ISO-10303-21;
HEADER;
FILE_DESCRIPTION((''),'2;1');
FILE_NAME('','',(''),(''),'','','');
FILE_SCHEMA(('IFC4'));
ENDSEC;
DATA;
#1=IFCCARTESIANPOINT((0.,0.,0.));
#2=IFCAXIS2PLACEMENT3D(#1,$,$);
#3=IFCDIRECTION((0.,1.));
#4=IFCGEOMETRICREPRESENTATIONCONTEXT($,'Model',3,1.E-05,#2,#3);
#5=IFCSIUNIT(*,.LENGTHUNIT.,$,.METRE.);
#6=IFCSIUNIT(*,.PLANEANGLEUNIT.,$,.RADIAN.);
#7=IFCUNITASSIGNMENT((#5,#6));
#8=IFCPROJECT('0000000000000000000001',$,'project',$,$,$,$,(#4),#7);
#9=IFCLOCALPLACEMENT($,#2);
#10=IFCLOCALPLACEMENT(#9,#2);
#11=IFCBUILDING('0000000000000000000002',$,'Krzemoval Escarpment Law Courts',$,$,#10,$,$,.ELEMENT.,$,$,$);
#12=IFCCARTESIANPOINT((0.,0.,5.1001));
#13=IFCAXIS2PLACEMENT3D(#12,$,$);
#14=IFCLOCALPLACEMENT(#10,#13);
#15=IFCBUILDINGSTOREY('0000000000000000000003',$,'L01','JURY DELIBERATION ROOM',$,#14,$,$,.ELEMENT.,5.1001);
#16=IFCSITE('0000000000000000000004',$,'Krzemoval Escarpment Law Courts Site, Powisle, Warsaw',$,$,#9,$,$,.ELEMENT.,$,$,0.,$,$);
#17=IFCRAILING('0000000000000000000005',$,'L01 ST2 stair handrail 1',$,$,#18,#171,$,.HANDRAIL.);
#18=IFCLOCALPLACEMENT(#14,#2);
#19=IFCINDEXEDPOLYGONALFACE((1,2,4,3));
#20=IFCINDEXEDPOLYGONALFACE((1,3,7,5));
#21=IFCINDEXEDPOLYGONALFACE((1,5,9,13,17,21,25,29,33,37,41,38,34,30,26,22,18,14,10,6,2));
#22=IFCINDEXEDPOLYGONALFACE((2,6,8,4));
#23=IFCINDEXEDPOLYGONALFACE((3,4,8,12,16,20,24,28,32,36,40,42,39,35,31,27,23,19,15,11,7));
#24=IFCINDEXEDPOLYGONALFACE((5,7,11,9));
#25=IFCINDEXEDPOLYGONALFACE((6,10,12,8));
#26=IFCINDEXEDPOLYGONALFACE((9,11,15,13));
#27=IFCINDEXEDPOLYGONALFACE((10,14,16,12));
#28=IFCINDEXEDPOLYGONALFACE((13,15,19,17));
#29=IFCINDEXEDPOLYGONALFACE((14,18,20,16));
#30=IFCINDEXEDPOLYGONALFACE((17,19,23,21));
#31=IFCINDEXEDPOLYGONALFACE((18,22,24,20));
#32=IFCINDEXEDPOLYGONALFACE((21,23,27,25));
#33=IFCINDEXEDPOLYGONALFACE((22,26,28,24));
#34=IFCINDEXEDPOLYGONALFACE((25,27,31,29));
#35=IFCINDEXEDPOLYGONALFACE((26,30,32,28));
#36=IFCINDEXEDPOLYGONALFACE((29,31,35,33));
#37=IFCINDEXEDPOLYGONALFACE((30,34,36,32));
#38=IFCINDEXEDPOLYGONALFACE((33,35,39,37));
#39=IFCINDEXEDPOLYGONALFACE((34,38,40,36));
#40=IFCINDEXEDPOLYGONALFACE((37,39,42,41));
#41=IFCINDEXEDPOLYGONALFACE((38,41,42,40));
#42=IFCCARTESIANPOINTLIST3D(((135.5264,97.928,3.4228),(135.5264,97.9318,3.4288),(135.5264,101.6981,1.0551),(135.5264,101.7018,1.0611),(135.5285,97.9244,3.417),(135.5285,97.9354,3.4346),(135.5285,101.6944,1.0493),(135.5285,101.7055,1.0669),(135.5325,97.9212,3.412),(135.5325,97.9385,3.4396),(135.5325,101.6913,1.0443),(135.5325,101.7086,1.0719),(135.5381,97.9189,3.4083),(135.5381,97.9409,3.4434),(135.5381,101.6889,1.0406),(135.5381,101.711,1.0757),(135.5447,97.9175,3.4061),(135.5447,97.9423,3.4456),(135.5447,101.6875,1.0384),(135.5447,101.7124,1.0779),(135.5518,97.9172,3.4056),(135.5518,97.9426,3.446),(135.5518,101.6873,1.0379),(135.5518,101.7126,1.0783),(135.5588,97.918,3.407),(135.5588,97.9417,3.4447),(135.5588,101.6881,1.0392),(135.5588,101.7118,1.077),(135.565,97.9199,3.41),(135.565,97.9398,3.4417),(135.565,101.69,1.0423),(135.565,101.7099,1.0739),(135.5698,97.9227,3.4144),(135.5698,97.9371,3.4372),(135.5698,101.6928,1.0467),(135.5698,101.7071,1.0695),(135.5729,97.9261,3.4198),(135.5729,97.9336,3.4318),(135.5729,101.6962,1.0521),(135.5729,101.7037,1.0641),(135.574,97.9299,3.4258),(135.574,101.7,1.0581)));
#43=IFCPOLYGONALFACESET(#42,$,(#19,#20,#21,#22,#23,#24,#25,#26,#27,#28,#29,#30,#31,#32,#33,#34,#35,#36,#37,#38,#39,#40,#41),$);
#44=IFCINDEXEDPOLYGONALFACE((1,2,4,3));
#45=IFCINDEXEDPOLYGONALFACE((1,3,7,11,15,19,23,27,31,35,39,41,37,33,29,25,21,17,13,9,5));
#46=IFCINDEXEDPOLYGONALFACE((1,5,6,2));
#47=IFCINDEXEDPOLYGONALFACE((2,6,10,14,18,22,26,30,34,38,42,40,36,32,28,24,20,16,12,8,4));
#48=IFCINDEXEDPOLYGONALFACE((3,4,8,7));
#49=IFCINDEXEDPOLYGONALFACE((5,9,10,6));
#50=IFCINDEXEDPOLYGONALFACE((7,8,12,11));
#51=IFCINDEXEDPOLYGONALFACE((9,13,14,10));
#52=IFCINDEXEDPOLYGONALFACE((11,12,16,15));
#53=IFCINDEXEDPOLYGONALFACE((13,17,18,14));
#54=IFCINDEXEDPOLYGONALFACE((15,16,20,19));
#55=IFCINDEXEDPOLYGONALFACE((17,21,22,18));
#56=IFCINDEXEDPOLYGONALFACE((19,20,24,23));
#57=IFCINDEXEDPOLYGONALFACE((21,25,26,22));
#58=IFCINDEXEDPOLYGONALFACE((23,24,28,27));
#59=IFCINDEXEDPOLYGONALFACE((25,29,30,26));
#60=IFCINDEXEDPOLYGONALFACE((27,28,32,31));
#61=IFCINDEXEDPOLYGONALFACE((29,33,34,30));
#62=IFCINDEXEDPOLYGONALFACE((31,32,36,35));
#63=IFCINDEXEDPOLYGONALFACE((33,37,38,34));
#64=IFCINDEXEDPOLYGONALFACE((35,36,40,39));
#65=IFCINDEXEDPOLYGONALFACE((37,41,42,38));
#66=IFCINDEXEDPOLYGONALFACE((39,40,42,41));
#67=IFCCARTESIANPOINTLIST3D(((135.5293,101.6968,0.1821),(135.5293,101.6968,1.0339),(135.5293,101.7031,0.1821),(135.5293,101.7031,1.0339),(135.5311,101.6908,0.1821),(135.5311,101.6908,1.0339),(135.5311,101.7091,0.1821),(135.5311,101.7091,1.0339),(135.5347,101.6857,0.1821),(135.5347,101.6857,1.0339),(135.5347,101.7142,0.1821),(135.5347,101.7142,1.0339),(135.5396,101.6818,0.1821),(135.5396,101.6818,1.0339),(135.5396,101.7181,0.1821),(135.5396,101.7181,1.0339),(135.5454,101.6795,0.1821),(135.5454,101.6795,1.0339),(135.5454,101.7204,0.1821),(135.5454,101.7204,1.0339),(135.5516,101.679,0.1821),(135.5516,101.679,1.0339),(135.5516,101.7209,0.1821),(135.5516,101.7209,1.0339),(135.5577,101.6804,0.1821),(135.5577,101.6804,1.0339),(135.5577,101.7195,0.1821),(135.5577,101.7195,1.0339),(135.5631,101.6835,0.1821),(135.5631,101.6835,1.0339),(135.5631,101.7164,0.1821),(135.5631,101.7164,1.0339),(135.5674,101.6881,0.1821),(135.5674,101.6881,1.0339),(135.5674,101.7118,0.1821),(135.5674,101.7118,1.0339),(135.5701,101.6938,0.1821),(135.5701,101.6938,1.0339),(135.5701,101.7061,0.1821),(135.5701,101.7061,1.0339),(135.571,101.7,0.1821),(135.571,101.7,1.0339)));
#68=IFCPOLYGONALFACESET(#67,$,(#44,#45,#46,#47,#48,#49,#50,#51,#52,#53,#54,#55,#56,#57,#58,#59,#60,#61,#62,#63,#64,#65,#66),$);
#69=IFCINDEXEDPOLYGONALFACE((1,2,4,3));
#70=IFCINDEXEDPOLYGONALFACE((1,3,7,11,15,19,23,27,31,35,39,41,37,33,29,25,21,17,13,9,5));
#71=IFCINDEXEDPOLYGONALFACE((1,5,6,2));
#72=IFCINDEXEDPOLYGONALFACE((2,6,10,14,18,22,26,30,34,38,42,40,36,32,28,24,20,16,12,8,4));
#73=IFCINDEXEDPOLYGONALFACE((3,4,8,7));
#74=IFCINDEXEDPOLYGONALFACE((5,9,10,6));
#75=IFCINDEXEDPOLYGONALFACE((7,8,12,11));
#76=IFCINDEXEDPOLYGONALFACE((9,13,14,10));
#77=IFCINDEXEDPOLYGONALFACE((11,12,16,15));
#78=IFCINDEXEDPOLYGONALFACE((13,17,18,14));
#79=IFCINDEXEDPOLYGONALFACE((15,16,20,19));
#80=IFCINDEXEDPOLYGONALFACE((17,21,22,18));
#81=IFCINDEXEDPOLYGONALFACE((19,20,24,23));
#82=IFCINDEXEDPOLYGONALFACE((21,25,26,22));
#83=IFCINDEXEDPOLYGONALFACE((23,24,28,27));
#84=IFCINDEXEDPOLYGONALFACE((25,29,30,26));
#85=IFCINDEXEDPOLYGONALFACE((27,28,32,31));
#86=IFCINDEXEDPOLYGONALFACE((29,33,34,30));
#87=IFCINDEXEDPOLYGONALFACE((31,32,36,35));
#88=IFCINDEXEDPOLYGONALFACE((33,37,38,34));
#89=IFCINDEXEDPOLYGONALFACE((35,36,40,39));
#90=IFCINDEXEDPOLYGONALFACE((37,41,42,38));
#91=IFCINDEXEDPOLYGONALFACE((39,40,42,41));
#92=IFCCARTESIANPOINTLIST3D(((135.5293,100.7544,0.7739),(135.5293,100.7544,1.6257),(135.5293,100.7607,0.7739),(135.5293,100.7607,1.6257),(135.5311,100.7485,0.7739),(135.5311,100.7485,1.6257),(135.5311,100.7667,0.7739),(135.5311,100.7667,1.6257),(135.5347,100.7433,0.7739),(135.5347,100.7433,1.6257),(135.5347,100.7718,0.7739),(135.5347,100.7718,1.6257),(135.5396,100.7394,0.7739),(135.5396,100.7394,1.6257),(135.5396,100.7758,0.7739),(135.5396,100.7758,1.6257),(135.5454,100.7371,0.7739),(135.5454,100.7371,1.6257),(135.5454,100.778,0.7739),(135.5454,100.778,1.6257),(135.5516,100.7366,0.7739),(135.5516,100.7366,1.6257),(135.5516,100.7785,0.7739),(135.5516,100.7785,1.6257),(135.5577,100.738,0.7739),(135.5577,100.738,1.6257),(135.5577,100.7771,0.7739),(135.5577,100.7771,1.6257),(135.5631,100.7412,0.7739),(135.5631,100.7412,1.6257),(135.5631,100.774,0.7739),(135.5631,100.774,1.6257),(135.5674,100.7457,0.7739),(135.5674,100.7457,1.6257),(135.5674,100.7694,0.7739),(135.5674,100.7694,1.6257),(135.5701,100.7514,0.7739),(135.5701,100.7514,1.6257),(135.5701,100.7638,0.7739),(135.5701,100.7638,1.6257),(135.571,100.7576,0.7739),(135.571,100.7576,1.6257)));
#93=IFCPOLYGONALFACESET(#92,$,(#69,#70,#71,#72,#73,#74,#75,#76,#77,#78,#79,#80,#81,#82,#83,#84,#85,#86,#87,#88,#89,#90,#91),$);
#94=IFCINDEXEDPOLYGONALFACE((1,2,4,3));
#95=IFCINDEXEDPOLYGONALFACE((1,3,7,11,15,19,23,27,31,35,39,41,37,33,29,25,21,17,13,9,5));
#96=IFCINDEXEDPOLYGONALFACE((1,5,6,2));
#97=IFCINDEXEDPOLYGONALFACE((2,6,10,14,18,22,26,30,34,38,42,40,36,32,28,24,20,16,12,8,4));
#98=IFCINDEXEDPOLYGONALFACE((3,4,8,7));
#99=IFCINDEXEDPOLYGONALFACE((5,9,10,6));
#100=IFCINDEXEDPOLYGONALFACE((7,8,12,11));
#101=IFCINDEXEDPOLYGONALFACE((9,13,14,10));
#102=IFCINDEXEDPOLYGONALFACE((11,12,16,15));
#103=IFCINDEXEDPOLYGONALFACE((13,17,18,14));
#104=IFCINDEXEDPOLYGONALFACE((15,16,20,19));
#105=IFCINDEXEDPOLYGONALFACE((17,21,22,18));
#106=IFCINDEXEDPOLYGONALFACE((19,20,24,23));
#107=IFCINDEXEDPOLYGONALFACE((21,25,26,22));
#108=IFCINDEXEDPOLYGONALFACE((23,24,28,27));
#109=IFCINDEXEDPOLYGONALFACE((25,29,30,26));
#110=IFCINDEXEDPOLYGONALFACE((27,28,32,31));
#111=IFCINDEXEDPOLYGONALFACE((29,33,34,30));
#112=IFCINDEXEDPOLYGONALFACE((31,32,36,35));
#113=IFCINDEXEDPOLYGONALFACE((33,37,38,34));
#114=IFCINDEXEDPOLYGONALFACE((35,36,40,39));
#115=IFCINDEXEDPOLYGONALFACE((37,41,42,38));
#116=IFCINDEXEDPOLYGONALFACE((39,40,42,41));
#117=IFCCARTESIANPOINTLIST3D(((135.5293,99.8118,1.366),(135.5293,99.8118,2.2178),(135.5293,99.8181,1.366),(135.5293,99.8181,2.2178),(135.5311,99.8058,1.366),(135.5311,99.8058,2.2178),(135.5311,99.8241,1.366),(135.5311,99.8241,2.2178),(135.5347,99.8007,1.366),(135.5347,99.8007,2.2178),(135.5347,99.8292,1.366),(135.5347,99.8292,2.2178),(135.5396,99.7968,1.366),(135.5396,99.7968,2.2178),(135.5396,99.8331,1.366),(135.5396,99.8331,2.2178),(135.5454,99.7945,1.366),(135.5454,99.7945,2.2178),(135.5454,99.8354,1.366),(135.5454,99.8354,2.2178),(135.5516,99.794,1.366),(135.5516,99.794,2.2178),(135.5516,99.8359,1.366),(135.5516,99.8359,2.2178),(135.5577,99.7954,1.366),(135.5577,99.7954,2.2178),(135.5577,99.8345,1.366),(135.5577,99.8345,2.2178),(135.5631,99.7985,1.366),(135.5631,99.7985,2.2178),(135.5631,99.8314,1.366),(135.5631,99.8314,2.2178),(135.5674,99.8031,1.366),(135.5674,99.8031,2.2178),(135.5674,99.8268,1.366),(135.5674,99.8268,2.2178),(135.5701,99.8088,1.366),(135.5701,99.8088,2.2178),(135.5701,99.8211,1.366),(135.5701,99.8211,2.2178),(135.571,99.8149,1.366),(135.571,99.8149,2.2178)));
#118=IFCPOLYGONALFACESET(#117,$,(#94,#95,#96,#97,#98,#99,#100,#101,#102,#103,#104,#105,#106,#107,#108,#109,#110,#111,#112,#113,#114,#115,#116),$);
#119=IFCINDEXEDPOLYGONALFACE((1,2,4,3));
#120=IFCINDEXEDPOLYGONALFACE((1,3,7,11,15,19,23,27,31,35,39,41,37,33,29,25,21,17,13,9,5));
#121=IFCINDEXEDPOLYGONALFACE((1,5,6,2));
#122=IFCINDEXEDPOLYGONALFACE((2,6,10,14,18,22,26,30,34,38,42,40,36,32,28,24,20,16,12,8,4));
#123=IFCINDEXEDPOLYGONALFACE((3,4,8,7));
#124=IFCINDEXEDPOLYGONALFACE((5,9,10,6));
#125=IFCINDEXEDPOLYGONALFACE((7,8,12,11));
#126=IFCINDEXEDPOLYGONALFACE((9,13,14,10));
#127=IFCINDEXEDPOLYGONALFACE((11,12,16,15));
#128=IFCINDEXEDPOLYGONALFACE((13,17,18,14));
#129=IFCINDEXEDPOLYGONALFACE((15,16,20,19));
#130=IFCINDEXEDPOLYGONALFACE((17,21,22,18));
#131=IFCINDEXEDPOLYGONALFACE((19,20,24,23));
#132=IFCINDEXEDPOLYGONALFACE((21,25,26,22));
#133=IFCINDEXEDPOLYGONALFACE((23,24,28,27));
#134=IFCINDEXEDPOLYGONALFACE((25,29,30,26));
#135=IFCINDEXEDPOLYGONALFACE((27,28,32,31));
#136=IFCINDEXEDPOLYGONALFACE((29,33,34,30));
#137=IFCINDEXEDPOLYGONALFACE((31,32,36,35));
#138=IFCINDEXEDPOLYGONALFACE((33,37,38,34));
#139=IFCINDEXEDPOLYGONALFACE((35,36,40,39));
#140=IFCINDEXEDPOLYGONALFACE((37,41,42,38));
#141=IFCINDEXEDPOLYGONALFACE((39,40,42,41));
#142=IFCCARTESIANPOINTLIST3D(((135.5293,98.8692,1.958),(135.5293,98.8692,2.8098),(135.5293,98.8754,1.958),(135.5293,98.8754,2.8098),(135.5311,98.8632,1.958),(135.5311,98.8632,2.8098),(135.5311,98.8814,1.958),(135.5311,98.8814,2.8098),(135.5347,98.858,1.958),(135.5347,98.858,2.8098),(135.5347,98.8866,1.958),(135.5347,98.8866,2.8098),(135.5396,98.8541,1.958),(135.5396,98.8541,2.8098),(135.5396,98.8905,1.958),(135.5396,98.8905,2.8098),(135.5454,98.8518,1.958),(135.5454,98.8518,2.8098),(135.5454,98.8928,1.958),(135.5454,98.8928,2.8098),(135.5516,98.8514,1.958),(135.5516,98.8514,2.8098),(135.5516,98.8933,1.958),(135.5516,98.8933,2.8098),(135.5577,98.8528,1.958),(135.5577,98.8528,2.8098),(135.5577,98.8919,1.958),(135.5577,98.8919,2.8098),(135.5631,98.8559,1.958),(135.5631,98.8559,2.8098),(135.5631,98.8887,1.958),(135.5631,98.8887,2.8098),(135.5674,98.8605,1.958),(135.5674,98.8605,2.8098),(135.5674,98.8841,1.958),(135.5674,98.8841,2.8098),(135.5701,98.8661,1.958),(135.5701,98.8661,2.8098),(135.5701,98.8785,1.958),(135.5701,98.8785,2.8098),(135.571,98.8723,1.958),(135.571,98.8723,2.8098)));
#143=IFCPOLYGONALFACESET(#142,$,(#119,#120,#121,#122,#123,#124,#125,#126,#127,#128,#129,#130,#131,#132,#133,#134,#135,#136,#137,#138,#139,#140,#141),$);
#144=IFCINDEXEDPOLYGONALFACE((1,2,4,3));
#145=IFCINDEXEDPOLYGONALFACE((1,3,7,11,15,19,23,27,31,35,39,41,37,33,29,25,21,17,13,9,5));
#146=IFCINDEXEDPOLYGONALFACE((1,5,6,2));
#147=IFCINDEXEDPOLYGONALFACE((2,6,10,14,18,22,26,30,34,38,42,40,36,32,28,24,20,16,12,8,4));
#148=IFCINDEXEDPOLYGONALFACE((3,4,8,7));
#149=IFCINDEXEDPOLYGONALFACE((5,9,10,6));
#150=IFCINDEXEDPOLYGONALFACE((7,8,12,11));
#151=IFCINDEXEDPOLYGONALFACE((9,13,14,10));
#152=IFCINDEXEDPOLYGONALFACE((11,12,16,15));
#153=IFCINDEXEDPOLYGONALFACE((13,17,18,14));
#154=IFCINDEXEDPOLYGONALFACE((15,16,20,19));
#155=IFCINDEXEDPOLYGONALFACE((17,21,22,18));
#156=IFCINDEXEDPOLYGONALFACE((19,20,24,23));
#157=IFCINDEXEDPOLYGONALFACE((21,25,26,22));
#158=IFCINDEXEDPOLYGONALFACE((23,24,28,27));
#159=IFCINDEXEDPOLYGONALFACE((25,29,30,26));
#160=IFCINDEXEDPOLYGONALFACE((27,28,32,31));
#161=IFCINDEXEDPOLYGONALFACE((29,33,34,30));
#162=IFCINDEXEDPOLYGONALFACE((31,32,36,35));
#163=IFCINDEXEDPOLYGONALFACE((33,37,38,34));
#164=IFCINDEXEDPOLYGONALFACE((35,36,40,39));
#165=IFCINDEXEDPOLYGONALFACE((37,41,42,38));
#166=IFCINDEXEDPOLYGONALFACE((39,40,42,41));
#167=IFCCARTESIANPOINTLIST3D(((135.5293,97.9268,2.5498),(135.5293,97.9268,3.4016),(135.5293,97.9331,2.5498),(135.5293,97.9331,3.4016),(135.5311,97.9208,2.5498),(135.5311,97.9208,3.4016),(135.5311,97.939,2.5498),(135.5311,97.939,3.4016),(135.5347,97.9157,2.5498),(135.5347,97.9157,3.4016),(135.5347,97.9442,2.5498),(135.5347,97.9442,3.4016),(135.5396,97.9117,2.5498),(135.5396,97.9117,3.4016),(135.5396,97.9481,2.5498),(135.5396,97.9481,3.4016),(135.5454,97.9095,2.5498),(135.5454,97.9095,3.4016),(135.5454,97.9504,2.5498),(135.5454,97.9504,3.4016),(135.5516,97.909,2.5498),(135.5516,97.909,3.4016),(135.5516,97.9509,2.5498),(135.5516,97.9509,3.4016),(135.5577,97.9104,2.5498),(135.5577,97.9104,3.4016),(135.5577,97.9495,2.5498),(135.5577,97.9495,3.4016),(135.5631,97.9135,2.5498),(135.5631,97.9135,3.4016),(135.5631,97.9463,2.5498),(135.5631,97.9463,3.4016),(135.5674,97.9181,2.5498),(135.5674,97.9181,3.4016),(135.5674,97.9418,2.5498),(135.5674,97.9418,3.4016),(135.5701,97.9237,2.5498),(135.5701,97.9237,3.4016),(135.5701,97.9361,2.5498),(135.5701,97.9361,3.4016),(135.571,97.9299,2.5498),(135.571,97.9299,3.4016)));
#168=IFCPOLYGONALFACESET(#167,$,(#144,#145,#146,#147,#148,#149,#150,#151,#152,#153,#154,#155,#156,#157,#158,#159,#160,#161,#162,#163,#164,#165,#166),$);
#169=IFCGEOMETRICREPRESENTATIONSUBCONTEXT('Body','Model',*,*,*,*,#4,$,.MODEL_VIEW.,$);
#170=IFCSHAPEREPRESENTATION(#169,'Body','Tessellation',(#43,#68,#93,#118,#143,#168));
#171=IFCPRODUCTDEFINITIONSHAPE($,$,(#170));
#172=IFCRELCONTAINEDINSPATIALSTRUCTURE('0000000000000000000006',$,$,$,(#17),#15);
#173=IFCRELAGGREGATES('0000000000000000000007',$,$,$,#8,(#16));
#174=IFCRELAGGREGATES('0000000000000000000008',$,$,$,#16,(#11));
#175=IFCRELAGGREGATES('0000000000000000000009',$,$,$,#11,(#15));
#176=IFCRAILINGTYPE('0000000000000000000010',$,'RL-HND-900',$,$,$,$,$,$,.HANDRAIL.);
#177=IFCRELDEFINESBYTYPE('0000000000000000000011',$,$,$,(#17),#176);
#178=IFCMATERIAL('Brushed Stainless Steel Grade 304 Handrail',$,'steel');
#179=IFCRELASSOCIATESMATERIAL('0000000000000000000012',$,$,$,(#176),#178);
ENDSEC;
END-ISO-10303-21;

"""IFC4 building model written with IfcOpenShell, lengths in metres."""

from ifc_helpers import new_model, si_unit, direction, frame, origin, origin_2d, place, context, subcontext, project, spatial, circle, extrude, material, type_object, element, save


model = new_model("IFC4")

# Units and contexts
model_context = context("Model", 3, precision=1e-05, world=origin(), true_north=direction((0.0, 1.0)))
body_context = subcontext(model_context, "Body", "Model", "MODEL_VIEW")
ifc_project = project(units=[si_unit("LENGTHUNIT", "METRE"), si_unit("PLANEANGLEUNIT", "RADIAN")], contexts=[model_context])

# Site, building, storey
site_placement = place(None, origin())
site = spatial("IfcSite", under=ifc_project, at=site_placement, Name="Krzemoval Escarpment Law Courts Site, Powisle, Warsaw", CompositionType="ELEMENT", RefElevation=0.0)
building_placement = place(site_placement, origin())
building = spatial("IfcBuilding", under=site, at=building_placement, Name="Krzemoval Escarpment Law Courts", CompositionType="ELEMENT")
storey_placement = place(building_placement, frame((0.0, 0.0, 5.1001)))
storey = spatial("IfcBuildingStorey", under=building, at=storey_placement, Name="L01", Description="JURY DELIBERATION ROOM", CompositionType="ELEMENT", Elevation=5.1001)

# Railing
ifc_material_1 = material(Name="Brushed Stainless Steel Grade 304 Handrail", Category="steel")
railing_type_1 = type_object("IfcRailingType", Name="RL-HND-900", PredefinedType="HANDRAIL", material=ifc_material_1)
railing_1_placement = place(storey_placement, frame((135.55, 101.7, 0.1821)))
element("IfcRailing", 1, at=railing_1_placement, inside=storey, type_object=railing_type_1, Name="L01 ST2 stair handrail 1", PredefinedType="HANDRAIL", context=body_context, shape_type="SweptSolid", body=[
    extrude(circle(Radius=0.0239, at=origin_2d()), frame((0.0, 0.0, 0.876), z_axis=(0.0, -0.846844, 0.531841), x_axis=(1.0, 0.0, 0.0)), (0.0, 0.0, 1.0), 4.4519),
    extrude(circle(Radius=0.021, at=origin_2d()), origin(), (0.0, 0.0, 1.0), 0.8518),
    extrude(circle(Radius=0.021, at=origin_2d()), frame((0.0, -0.9424, 0.5918)), (0.0, 0.0, 1.0), 0.8518),
    extrude(circle(Radius=0.021, at=origin_2d()), frame((0.0, -1.885, 1.1838)), (0.0, 0.0, 1.0), 0.8518),
    extrude(circle(Radius=0.021, at=origin_2d()), frame((0.0, -2.8276, 1.7759)), (0.0, 0.0, 1.0), 0.8518),
    extrude(circle(Radius=0.021, at=origin_2d()), frame((0.0, -3.77, 2.3677)), (0.0, 0.0, 1.0), 0.8518),
])

save(model, "model.ifc")
